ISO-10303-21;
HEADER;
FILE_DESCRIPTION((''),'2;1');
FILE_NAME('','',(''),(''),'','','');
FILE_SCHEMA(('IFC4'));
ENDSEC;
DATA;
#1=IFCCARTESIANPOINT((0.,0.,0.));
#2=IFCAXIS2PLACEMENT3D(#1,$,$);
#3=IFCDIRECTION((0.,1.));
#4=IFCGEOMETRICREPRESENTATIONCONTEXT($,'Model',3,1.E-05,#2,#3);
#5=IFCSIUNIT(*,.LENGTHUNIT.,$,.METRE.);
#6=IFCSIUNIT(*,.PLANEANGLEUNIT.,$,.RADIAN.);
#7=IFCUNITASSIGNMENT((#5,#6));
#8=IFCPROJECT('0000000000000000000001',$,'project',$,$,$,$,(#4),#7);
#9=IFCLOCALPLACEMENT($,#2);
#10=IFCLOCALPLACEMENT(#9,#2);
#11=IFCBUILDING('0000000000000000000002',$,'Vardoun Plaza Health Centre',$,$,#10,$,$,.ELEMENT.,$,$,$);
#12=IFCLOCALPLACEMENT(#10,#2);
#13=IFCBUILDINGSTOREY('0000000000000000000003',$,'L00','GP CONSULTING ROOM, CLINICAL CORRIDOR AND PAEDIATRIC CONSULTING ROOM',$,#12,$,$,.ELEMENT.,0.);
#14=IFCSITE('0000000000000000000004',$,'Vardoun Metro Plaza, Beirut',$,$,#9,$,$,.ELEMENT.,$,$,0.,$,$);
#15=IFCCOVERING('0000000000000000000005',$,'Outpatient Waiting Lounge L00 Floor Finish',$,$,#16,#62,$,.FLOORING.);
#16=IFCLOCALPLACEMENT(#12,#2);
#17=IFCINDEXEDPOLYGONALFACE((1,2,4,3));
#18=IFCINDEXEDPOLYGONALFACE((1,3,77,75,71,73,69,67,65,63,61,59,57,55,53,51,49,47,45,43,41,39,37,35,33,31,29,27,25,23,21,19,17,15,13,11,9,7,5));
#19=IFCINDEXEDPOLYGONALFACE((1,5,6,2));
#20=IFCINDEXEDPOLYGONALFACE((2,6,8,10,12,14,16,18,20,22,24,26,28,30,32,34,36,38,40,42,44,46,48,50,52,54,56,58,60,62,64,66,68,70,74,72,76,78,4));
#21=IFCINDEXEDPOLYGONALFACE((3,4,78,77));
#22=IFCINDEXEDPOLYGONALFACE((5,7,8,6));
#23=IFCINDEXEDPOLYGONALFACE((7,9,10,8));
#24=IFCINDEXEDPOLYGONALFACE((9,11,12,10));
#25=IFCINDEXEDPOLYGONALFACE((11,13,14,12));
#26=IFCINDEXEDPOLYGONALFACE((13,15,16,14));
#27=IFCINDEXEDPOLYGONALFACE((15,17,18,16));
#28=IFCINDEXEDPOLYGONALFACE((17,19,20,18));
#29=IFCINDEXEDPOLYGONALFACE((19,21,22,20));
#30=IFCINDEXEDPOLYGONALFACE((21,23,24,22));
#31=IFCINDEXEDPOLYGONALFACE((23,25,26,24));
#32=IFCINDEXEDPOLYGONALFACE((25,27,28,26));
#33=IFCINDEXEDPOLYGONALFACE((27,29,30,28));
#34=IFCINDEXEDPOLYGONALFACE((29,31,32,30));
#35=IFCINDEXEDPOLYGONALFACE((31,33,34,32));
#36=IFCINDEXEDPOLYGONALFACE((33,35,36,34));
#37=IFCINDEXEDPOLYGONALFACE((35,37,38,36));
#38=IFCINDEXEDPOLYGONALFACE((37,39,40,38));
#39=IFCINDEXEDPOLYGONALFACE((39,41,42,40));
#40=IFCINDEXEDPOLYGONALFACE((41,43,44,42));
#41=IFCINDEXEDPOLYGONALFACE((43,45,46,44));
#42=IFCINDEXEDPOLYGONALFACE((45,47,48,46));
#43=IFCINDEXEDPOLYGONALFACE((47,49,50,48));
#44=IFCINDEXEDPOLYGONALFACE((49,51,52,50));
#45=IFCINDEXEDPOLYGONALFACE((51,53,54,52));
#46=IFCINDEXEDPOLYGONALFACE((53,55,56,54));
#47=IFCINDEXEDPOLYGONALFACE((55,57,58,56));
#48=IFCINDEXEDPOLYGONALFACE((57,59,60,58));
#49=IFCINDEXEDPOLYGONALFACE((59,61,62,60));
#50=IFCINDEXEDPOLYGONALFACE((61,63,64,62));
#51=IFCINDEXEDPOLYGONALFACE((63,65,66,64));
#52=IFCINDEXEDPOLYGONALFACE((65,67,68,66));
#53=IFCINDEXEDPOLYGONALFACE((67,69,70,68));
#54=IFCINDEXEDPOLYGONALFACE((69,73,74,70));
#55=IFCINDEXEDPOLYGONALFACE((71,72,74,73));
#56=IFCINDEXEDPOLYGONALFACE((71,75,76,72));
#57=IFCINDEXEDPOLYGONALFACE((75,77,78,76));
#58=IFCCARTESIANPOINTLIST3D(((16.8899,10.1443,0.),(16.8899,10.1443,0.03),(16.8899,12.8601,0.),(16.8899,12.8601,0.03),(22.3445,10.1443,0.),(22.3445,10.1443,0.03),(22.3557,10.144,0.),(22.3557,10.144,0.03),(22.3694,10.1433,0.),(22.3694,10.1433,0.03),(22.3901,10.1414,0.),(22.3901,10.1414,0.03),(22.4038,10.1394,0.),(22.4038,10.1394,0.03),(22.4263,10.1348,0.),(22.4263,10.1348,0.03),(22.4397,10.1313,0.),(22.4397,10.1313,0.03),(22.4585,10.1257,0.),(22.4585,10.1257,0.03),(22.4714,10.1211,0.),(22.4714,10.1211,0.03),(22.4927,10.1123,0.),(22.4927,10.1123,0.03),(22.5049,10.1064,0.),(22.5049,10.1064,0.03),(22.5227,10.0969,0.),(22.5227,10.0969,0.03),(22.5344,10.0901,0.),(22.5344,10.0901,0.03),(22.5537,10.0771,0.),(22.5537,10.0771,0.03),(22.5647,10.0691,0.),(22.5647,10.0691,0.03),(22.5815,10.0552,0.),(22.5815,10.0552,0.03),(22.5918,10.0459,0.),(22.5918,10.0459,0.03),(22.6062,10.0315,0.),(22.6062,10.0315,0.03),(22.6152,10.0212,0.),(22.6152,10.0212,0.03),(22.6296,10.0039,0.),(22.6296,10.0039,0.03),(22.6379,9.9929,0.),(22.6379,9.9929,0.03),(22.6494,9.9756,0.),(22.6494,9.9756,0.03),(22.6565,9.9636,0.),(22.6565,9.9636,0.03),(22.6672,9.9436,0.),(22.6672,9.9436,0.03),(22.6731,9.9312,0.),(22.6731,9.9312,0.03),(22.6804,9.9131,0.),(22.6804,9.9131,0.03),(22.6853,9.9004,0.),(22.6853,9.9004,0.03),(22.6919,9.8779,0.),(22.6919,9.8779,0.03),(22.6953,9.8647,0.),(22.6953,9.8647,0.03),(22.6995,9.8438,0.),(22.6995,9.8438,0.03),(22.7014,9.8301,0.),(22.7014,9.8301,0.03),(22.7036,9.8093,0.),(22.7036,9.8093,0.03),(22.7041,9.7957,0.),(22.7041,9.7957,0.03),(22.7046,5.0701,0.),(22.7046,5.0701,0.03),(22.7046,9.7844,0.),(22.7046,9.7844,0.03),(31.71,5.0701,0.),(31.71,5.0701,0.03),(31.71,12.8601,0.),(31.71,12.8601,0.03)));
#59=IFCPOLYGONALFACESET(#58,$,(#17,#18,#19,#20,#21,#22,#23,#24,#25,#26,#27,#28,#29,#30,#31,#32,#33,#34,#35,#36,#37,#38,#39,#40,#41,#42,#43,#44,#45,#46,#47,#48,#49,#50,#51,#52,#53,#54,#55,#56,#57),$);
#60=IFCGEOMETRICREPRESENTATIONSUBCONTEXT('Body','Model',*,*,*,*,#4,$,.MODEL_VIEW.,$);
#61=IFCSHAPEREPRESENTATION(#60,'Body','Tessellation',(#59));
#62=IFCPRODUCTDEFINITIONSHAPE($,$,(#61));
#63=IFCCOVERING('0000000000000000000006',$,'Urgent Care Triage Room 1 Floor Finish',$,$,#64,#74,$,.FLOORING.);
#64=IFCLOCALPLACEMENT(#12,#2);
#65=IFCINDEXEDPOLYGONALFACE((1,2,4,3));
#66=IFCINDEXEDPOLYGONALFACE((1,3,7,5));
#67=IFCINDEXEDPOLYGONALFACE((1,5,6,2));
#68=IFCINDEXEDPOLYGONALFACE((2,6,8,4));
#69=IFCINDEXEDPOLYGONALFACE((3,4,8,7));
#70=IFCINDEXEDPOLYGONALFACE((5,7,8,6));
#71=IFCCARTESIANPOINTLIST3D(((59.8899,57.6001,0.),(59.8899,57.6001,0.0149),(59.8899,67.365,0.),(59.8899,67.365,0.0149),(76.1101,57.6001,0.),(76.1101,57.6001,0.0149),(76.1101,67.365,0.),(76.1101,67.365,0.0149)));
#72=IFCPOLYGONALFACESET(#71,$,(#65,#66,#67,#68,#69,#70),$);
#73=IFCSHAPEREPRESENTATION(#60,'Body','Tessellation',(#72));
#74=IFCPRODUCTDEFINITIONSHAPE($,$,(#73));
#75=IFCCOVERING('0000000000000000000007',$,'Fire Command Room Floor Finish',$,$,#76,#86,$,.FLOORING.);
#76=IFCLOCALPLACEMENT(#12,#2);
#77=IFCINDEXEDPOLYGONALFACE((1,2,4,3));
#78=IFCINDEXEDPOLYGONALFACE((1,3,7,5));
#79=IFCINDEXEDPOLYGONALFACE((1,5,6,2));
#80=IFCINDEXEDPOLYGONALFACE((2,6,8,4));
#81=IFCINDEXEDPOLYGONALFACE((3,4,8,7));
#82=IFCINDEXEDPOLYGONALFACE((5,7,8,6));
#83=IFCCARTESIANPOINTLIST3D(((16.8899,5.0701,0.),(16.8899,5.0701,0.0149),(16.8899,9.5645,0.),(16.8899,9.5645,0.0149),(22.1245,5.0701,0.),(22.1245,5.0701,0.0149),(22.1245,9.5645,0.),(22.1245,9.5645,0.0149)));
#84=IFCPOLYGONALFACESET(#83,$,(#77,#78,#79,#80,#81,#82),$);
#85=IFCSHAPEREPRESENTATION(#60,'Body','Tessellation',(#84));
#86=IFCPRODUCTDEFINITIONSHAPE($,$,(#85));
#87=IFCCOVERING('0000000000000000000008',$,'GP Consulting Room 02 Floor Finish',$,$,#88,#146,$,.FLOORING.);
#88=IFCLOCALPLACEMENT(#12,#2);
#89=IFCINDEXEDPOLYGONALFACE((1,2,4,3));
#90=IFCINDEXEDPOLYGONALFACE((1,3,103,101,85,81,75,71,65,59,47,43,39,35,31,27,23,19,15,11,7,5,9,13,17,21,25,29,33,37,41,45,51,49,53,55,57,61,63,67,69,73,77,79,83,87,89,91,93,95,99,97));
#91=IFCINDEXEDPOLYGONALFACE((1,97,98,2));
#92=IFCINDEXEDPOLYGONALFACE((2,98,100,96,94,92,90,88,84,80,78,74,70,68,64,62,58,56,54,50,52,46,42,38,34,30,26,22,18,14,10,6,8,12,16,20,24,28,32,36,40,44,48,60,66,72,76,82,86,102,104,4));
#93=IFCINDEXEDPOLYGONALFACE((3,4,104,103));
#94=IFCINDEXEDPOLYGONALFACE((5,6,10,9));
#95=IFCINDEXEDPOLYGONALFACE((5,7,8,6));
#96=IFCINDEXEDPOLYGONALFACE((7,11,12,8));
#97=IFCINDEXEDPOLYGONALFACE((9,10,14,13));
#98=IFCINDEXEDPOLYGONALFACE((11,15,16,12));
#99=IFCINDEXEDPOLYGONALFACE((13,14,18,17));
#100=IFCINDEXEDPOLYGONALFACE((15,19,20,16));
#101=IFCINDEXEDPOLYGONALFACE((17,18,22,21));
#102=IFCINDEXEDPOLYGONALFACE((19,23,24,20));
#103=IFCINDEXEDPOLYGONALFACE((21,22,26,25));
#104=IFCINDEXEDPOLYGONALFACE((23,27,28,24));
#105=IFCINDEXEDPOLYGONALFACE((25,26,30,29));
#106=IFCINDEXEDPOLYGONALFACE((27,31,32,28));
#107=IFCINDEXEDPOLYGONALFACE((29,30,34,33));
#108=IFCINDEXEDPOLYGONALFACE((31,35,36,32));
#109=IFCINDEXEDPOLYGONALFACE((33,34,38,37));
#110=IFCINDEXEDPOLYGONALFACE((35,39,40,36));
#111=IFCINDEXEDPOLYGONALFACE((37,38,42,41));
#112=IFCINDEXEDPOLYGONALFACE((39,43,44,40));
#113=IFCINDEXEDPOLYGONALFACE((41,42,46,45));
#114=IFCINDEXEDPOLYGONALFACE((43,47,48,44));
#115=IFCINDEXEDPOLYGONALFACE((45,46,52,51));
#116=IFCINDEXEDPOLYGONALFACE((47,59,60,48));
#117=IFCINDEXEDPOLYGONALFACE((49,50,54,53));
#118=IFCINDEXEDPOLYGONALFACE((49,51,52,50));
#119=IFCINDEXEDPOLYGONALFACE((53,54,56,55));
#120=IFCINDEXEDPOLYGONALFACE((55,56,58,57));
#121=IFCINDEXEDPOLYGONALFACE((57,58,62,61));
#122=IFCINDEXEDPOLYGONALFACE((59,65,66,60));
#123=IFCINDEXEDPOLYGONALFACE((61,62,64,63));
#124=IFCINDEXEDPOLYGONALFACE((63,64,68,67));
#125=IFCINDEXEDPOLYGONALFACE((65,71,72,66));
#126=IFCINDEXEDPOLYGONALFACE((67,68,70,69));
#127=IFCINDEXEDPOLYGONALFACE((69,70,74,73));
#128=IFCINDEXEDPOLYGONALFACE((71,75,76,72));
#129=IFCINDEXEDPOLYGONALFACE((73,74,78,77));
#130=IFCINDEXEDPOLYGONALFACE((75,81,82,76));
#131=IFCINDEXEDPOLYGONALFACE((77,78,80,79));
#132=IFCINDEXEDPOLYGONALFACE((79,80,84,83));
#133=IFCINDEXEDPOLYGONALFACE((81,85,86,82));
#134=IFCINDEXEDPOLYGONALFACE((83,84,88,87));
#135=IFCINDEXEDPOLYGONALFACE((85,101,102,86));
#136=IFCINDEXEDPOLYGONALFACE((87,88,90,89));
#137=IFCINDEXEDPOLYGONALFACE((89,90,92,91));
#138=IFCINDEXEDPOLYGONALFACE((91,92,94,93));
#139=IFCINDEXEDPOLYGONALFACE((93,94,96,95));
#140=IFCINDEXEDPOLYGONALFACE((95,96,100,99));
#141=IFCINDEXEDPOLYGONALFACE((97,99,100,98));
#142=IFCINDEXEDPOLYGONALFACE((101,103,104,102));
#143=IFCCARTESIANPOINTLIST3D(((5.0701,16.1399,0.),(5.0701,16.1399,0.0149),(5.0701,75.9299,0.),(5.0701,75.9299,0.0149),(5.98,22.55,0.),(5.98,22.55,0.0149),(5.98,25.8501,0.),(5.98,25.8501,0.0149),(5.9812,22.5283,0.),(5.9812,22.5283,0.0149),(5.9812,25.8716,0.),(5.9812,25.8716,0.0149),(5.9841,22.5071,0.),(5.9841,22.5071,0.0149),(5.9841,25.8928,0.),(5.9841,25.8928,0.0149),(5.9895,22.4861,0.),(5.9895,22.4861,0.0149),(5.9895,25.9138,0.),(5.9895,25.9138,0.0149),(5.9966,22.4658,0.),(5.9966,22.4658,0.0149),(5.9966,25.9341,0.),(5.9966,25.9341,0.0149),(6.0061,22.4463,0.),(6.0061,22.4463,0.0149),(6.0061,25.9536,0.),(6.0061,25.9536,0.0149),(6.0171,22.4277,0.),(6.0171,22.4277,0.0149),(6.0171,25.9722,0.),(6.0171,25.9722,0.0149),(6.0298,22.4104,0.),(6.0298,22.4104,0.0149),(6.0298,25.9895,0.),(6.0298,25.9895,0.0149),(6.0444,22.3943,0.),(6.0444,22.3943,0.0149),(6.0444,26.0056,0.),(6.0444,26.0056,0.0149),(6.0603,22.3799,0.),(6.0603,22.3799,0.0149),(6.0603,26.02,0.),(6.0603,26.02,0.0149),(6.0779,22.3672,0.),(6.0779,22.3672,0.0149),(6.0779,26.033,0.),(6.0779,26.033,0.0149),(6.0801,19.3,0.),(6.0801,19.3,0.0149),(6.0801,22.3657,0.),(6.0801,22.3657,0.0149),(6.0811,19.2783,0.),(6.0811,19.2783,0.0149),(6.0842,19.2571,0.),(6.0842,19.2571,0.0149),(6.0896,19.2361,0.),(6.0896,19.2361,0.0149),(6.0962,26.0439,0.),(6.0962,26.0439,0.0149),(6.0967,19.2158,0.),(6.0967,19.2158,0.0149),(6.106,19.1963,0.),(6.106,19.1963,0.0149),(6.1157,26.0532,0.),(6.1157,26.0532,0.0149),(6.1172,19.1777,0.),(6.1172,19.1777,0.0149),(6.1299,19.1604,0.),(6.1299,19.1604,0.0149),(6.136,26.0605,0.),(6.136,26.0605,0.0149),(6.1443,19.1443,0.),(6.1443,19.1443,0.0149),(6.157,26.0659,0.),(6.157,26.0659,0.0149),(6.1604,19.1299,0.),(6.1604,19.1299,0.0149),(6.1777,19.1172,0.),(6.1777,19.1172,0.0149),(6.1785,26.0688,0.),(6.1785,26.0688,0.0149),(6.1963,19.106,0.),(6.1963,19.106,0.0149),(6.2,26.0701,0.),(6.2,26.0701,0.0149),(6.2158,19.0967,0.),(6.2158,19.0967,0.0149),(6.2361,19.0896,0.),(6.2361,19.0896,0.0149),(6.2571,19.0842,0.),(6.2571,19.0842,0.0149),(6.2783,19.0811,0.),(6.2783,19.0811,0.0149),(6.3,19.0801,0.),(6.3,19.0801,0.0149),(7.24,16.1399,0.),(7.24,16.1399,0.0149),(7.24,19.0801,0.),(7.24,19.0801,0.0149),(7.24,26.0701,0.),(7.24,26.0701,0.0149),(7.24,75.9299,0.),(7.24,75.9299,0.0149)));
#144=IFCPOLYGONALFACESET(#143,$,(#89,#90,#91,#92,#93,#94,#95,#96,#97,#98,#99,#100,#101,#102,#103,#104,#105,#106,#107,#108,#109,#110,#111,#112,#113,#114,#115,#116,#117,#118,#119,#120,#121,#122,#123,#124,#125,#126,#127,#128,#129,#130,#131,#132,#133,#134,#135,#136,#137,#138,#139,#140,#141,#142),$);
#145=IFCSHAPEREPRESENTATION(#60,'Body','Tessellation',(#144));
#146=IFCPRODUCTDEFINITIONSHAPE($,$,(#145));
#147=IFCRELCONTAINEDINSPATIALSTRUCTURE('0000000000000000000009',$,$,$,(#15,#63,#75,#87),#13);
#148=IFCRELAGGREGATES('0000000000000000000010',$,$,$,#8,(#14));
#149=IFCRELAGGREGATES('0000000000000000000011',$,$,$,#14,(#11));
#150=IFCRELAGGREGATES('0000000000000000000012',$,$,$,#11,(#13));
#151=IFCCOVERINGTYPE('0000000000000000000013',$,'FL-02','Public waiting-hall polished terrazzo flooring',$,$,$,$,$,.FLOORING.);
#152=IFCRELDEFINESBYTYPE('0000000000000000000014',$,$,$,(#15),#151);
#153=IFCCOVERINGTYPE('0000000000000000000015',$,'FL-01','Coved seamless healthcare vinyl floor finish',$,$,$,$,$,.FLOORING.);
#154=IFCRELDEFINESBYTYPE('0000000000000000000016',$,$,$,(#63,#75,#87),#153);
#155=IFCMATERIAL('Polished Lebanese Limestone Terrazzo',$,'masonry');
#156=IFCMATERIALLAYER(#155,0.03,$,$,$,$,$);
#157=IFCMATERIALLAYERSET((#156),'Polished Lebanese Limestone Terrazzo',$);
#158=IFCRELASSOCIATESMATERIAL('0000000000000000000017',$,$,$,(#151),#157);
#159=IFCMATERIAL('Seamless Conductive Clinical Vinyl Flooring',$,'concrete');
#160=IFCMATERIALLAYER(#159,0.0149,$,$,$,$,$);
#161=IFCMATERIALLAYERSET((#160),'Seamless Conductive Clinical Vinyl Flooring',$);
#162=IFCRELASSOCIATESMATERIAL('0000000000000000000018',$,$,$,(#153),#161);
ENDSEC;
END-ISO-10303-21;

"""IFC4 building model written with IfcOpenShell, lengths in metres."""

from ifc_helpers import new_model, si_unit, direction, origin, place, context, subcontext, project, spatial, polyline, outline, extrude, material, layer, layer_set, type_object, element, save


model = new_model("IFC4")

# Units and contexts
model_context = context("Model", 3, precision=1e-05, world=origin(), true_north=direction((0.0, 1.0)))
body_context = subcontext(model_context, "Body", "Model", "MODEL_VIEW")
ifc_project = project(units=[si_unit("LENGTHUNIT", "METRE"), si_unit("PLANEANGLEUNIT", "RADIAN")], contexts=[model_context])

# Site, building, storey
site_placement = place(None, origin())
site = spatial("IfcSite", under=ifc_project, at=site_placement, Name="Vardoun Metro Plaza, Beirut", CompositionType="ELEMENT", RefElevation=0.0)
building_placement = place(site_placement, origin())
building = spatial("IfcBuilding", under=site, at=building_placement, Name="Vardoun Plaza Health Centre", CompositionType="ELEMENT")
storey_placement = place(building_placement, origin())
storey = spatial("IfcBuildingStorey", under=building, at=storey_placement, Name="L00", Description="GP CONSULTING ROOM, CLINICAL CORRIDOR AND PAEDIATRIC CONSULTING ROOM", CompositionType="ELEMENT", Elevation=0.0)

# Coverings
ifc_material_1 = material(Name="Polished Lebanese Limestone Terrazzo", Category="masonry")
ifc_layer_1 = layer(ifc_material_1, 0.03)
ifc_layer_set_1 = layer_set([ifc_layer_1], Name="Polished Lebanese Limestone Terrazzo")
covering_type_1 = type_object("IfcCoveringType", Name="FL-02", Description="Public waiting-hall polished terrazzo flooring", PredefinedType="FLOORING", material=ifc_layer_set_1)
covering_1_placement = place(storey_placement, origin())
element("IfcCovering", 1, at=covering_1_placement, inside=storey, type_object=covering_type_1, Name="Outpatient Waiting Lounge L00 Floor Finish", PredefinedType="FLOORING", context=body_context, shape_type="SweptSolid", body=[
    extrude(outline(polyline([(16.8899, 12.8601), (31.71, 12.8601), (31.71, 5.0701), (22.7046, 5.0701), (22.7046, 9.7844), (22.7041, 9.7957), (22.7036, 9.8093), (22.7014, 9.8301), (22.6995, 9.8438), (22.6953, 9.8647), (22.6919, 9.8779), (22.6853, 9.9004), (22.6804, 9.9131), (22.6731, 9.9312), (22.6672, 9.9436), (22.6565, 9.9636), (22.6494, 9.9756), (22.6379, 9.9929), (22.6296, 10.0039), (22.6152, 10.0212), (22.6062, 10.0315), (22.5918, 10.0459), (22.5815, 10.0552), (22.5647, 10.0691), (22.5537, 10.0771), (22.5344, 10.0901), (22.5227, 10.0969), (22.5049, 10.1064), (22.4927, 10.1123), (22.4714, 10.1211), (22.4585, 10.1257), (22.4397, 10.1313), (22.4263, 10.1348), (22.4038, 10.1394), (22.3901, 10.1414), (22.3694, 10.1433), (22.3557, 10.144), (22.3445, 10.1443), (16.8899, 10.1443), (16.8899, 12.8601)])), origin(), (0.0, 0.0, 1.0), 0.03),
])
ifc_material_2 = material(Name="Seamless Conductive Clinical Vinyl Flooring", Category="concrete")
ifc_layer_2 = layer(ifc_material_2, 0.0149)
ifc_layer_set_2 = layer_set([ifc_layer_2], Name="Seamless Conductive Clinical Vinyl Flooring")
covering_type_2 = type_object("IfcCoveringType", Name="FL-01", Description="Coved seamless healthcare vinyl floor finish", PredefinedType="FLOORING", material=ifc_layer_set_2)
covering_2_placement = place(storey_placement, origin())
element("IfcCovering", 2, at=covering_2_placement, inside=storey, type_object=covering_type_2, Name="Urgent Care Triage Room 1 Floor Finish", PredefinedType="FLOORING", context=body_context, shape_type="SweptSolid", body=[
    extrude(outline(polyline([(59.8899, 57.6001), (59.8899, 67.365), (76.1101, 67.365), (76.1101, 57.6001), (59.8899, 57.6001)])), origin(), (0.0, 0.0, 1.0), 0.0149),
])
covering_3_placement = place(storey_placement, origin())
element("IfcCovering", 3, at=covering_3_placement, inside=storey, type_object=covering_type_2, Name="Fire Command Room Floor Finish", PredefinedType="FLOORING", context=body_context, shape_type="SweptSolid", body=[
    extrude(outline(polyline([(16.8899, 9.5645), (22.1245, 9.5645), (22.1245, 5.0701), (16.8899, 5.0701), (16.8899, 9.5645)])), origin(), (0.0, 0.0, 1.0), 0.0149),
])
covering_4_placement = place(storey_placement, origin())
element("IfcCovering", 4, at=covering_4_placement, inside=storey, type_object=covering_type_2, Name="GP Consulting Room 02 Floor Finish", PredefinedType="FLOORING", context=body_context, shape_type="SweptSolid", body=[
    extrude(outline(polyline([(5.0701, 75.9299), (7.24, 75.9299), (7.24, 26.0701), (6.2, 26.0701), (6.1785, 26.0688), (6.157, 26.0659), (6.136, 26.0605), (6.1157, 26.0532), (6.0962, 26.0439), (6.0779, 26.033), (6.0603, 26.02), (6.0444, 26.0056), (6.0298, 25.9895), (6.0171, 25.9722), (6.0061, 25.9536), (5.9966, 25.9341), (5.9895, 25.9138), (5.9841, 25.8928), (5.9812, 25.8716), (5.98, 25.8501), (5.98, 22.55), (5.9812, 22.5283), (5.9841, 22.5071), (5.9895, 22.4861), (5.9966, 22.4658), (6.0061, 22.4463), (6.0171, 22.4277), (6.0298, 22.4104), (6.0444, 22.3943), (6.0603, 22.3799), (6.0779, 22.3672), (6.0801, 22.3657), (6.0801, 19.3), (6.0811, 19.2783), (6.0842, 19.2571), (6.0896, 19.2361), (6.0967, 19.2158), (6.106, 19.1963), (6.1172, 19.1777), (6.1299, 19.1604), (6.1443, 19.1443), (6.1604, 19.1299), (6.1777, 19.1172), (6.1963, 19.106), (6.2158, 19.0967), (6.2361, 19.0896), (6.2571, 19.0842), (6.2783, 19.0811), (6.3, 19.0801), (7.24, 19.0801), (7.24, 16.1399), (5.0701, 16.1399), (5.0701, 75.9299)])), origin(), (0.0, 0.0, 1.0), 0.0149),
])

save(model, "model.ifc")
